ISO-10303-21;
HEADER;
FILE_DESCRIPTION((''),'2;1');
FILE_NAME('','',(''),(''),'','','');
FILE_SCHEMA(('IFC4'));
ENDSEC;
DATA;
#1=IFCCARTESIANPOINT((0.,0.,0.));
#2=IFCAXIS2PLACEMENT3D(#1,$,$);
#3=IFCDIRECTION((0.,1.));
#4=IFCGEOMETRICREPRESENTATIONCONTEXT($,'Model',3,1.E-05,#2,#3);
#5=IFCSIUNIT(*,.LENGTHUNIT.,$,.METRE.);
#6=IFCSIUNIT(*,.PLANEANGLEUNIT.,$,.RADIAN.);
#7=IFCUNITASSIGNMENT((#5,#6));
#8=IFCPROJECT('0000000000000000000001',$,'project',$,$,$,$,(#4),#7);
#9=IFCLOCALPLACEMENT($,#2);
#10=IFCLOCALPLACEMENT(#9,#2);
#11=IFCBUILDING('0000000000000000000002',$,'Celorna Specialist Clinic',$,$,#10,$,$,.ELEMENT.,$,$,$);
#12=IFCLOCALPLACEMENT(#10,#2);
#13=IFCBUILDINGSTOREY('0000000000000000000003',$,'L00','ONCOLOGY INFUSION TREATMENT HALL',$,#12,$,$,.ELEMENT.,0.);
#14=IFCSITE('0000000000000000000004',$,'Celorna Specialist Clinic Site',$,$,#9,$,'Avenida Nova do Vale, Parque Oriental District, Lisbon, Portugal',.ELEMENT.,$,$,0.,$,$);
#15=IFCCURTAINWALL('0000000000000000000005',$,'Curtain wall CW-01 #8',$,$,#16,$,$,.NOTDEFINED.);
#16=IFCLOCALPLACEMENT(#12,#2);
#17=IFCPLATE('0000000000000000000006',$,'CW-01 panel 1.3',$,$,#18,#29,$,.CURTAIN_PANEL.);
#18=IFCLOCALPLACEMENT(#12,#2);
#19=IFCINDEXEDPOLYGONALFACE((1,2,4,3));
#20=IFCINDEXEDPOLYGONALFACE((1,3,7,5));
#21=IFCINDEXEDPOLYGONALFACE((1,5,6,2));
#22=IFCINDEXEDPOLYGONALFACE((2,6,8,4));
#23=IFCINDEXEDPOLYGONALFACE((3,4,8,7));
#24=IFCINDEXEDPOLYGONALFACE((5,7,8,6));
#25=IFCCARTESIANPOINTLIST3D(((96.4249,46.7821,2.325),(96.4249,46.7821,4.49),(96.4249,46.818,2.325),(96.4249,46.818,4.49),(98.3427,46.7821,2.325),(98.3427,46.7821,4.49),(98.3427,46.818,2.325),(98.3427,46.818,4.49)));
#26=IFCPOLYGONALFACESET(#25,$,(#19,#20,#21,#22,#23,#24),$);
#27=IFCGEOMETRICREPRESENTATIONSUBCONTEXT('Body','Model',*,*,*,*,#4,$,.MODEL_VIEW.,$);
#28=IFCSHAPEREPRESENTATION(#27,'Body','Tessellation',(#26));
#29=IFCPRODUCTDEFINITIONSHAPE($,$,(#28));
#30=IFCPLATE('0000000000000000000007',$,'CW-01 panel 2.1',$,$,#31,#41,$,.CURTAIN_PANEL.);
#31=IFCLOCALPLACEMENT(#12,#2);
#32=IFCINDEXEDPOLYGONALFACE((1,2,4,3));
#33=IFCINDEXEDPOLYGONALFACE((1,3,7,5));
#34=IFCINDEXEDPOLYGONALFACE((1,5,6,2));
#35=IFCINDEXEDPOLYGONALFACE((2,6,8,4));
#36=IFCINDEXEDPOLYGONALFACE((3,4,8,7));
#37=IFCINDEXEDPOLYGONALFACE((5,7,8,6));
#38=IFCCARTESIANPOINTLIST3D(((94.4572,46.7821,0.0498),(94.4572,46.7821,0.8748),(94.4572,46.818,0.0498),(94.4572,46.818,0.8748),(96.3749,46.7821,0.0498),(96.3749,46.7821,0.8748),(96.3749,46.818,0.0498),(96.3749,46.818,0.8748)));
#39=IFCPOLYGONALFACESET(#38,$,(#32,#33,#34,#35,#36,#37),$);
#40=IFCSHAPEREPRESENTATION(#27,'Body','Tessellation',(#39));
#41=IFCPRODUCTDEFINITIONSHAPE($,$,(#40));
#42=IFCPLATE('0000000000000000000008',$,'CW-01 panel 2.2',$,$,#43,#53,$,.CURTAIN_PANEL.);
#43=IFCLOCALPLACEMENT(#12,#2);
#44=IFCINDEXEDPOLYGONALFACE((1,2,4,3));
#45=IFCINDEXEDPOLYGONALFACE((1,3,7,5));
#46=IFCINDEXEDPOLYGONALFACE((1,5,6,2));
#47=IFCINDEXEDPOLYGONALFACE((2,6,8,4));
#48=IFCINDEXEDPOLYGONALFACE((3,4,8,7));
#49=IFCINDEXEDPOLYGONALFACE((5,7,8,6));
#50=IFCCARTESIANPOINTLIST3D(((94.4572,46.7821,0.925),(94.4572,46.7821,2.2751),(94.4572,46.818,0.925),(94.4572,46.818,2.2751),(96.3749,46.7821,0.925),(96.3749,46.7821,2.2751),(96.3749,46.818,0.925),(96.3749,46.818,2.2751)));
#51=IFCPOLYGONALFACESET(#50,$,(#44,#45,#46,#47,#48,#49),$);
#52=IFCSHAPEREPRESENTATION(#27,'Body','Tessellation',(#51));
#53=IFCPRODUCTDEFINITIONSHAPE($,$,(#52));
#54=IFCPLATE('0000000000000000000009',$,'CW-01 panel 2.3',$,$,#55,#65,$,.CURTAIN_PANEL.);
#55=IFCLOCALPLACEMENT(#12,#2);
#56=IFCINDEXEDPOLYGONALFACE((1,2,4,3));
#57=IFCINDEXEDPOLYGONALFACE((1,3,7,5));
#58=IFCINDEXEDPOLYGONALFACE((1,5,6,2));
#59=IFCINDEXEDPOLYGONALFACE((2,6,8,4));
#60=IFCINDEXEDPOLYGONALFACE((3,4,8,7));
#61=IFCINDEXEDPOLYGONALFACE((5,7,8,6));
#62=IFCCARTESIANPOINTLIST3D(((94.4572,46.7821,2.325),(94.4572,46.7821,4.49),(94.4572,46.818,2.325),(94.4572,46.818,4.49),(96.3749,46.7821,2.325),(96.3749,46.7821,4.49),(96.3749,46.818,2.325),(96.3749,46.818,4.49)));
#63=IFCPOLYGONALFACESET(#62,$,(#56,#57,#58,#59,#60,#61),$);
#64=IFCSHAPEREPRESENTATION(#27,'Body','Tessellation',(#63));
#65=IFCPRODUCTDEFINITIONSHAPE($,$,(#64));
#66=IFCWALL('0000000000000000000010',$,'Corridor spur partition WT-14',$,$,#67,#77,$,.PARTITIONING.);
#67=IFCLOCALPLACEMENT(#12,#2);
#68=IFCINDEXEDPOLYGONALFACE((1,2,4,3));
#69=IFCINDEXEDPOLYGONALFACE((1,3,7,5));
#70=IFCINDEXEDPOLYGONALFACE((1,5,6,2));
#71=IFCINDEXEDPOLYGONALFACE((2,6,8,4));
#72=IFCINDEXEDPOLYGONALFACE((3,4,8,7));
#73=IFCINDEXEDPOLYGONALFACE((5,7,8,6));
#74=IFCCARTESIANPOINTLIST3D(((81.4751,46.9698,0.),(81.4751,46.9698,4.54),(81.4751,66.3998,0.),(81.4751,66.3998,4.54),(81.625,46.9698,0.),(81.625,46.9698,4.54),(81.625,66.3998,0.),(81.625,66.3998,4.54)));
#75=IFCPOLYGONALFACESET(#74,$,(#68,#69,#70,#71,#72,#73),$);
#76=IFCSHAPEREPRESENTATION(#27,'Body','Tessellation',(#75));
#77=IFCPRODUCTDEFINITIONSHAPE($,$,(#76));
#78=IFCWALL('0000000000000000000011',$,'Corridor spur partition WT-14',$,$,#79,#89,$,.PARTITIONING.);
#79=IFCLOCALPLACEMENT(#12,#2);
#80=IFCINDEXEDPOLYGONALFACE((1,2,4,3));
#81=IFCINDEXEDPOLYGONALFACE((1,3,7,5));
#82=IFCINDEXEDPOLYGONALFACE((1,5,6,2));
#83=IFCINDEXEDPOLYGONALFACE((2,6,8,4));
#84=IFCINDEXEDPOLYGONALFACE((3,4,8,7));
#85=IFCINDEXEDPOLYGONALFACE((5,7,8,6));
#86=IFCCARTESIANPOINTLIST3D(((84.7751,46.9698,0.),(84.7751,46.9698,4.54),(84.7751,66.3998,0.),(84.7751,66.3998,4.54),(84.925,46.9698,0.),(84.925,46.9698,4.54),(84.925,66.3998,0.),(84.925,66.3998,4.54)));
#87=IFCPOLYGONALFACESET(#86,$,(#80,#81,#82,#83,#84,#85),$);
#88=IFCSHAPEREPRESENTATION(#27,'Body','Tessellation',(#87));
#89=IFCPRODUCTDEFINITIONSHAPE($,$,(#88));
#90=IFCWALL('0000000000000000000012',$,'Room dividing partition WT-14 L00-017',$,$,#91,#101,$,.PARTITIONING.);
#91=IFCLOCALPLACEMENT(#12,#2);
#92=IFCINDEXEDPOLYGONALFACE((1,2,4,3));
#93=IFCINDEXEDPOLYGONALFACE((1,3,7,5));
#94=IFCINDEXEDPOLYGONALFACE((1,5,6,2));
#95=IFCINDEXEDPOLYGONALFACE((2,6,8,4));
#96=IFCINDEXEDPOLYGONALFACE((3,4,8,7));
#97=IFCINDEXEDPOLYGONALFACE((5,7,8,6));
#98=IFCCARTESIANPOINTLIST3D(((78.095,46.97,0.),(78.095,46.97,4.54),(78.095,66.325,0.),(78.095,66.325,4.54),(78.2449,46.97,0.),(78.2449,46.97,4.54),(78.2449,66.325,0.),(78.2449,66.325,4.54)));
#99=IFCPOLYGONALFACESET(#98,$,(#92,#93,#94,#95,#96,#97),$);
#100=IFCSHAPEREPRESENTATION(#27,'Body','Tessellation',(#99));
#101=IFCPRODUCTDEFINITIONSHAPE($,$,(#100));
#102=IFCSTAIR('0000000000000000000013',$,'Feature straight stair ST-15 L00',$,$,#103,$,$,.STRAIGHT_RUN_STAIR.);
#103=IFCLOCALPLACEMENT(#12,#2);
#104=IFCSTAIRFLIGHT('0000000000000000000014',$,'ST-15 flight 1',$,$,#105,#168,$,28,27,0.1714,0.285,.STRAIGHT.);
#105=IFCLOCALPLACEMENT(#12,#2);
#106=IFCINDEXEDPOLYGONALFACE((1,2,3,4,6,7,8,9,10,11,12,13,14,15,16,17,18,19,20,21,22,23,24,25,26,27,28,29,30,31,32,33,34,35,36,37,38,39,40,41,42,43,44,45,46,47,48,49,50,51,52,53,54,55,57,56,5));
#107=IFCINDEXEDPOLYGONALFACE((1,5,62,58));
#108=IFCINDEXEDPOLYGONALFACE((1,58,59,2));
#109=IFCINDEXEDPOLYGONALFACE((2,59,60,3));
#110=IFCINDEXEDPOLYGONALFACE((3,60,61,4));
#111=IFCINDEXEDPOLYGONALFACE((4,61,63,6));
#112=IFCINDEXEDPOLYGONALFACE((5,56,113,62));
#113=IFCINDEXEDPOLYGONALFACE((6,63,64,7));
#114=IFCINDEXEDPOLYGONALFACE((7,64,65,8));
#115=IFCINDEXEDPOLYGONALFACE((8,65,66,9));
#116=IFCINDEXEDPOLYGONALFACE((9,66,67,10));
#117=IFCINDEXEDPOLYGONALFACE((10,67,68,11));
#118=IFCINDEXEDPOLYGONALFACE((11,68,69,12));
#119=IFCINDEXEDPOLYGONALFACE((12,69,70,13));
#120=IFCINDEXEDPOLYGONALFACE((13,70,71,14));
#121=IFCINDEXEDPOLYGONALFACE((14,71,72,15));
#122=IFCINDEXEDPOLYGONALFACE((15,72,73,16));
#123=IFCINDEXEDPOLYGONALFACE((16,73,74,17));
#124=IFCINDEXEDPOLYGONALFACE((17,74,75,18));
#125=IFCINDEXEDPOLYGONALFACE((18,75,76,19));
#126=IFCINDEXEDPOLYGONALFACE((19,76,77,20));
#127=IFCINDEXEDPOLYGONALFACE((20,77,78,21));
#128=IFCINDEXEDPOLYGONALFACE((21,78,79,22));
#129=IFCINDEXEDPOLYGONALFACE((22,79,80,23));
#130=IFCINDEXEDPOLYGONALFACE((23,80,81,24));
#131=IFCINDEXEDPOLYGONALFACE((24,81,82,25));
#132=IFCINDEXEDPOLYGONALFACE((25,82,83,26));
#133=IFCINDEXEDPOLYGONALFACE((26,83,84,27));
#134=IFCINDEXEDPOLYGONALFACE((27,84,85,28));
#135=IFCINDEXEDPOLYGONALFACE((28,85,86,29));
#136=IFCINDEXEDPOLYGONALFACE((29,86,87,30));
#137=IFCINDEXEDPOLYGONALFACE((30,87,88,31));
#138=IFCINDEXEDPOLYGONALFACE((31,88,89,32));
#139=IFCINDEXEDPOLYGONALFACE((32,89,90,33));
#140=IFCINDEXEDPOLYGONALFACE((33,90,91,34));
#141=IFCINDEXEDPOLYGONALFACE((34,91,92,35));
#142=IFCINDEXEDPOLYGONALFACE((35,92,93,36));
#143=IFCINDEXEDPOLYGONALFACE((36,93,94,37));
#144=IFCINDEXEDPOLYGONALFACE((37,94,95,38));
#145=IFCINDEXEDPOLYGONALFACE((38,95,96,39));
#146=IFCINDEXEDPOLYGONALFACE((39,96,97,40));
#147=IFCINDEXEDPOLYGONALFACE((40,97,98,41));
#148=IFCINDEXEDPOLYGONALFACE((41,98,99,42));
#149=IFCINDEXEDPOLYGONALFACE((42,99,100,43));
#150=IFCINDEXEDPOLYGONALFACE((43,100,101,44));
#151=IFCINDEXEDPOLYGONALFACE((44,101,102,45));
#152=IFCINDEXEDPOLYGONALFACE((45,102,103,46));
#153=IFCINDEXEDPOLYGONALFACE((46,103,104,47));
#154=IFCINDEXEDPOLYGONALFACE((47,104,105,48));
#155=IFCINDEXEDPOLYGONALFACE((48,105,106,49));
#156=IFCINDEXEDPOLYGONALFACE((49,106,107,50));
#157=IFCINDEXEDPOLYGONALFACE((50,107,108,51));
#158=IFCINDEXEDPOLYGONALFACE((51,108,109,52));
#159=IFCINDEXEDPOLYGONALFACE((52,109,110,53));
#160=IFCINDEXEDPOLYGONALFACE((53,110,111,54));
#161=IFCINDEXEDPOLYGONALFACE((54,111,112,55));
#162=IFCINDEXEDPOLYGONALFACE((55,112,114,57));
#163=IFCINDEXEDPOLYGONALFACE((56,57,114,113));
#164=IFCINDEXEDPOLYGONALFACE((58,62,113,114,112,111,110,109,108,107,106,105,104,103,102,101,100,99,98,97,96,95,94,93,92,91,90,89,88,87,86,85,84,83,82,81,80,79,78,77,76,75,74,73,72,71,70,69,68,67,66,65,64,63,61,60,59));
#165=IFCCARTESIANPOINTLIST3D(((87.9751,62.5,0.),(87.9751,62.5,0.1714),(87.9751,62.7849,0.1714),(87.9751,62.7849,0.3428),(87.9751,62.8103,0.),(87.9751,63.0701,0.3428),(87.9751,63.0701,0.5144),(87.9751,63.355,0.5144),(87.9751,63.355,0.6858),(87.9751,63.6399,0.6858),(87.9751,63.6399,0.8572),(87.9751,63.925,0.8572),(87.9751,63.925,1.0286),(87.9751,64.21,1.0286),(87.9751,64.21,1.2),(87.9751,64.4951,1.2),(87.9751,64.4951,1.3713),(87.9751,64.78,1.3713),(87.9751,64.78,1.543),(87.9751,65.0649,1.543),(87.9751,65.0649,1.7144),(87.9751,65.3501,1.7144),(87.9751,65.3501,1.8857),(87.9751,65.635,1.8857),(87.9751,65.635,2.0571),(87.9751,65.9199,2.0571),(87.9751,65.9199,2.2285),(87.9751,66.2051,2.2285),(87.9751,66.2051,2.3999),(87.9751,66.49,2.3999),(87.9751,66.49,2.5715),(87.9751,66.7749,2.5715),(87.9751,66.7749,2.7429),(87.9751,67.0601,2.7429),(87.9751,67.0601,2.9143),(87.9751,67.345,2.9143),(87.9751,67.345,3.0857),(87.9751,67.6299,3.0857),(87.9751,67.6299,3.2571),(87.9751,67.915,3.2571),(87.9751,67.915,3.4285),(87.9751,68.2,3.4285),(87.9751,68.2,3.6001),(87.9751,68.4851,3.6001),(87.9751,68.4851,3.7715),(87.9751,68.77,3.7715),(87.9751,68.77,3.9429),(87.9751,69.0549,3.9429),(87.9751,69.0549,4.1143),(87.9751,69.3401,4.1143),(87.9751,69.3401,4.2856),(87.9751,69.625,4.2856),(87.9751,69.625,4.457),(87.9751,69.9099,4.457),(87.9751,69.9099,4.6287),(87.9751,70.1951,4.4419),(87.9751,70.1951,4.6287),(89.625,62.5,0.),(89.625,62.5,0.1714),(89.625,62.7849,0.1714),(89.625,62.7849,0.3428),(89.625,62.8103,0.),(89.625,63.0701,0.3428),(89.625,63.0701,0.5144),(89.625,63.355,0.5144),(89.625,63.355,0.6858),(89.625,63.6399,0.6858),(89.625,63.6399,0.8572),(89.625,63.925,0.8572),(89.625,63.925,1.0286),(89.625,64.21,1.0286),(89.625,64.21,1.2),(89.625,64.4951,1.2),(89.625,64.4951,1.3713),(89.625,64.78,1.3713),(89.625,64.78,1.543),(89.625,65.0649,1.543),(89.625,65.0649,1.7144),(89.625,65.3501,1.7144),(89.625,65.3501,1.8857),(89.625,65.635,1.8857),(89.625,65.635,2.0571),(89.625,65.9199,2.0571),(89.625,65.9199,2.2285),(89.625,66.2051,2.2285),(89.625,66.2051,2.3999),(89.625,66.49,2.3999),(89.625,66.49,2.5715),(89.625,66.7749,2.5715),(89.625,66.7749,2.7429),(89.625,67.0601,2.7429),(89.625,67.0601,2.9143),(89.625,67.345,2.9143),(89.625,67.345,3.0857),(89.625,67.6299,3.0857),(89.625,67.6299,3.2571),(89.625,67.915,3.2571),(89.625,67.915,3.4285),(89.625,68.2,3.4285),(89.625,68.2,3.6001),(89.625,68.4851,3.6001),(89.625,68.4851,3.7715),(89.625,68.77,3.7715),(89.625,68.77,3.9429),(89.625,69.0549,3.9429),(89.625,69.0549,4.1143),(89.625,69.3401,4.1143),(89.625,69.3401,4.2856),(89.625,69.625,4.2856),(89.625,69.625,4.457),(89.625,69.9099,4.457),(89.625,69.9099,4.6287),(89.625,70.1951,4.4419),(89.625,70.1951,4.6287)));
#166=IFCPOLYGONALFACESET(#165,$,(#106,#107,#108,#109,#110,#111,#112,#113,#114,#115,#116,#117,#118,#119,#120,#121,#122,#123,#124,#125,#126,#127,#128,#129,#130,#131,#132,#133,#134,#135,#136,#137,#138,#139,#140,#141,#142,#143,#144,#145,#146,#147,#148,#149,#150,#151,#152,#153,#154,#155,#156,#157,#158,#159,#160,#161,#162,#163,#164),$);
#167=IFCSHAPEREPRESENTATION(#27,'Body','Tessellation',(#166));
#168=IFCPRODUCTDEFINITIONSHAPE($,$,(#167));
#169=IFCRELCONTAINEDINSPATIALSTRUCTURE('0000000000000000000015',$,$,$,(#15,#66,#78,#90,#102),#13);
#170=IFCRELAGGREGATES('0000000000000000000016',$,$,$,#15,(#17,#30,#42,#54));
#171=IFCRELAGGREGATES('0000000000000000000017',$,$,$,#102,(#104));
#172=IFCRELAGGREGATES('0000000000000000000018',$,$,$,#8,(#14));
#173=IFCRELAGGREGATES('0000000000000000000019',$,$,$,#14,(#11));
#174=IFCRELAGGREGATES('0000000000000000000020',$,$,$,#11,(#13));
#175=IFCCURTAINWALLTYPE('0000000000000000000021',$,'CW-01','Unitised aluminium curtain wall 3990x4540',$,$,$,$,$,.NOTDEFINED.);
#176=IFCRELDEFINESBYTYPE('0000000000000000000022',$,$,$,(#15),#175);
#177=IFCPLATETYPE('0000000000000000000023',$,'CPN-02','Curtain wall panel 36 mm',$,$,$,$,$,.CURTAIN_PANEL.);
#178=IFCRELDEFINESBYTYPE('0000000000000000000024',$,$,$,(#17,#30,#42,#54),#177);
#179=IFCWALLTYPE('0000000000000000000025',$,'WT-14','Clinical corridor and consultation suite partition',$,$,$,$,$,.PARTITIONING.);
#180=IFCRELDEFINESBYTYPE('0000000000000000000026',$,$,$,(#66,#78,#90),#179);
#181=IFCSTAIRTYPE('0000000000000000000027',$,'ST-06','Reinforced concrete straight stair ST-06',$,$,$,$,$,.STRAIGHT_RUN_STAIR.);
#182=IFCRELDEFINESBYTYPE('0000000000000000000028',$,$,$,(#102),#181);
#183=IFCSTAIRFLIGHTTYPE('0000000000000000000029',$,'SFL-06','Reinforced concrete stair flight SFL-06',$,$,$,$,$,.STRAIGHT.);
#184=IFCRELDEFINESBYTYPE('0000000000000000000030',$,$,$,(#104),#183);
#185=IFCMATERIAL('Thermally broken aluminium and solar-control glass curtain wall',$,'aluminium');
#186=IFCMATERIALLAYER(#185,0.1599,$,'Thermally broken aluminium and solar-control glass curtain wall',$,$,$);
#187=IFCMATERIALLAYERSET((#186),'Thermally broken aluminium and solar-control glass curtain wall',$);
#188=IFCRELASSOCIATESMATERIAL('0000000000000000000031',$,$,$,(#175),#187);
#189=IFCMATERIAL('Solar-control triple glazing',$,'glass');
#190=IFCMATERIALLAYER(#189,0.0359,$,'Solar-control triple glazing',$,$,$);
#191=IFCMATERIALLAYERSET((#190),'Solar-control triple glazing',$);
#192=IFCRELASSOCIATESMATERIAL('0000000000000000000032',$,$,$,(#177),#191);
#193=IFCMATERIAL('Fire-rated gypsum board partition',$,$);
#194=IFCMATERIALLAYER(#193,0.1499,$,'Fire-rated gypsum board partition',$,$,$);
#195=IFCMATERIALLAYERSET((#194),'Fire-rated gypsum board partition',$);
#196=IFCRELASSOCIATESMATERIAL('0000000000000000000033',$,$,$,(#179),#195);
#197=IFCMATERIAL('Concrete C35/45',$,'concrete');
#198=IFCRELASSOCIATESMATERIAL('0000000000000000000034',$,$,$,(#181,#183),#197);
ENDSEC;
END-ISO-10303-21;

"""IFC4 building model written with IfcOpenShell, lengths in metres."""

from ifc_helpers import new_model, si_unit, direction, frame, frame_2d, origin, origin_2d, place, context, subcontext, project, spatial, polyline, rectangle, outline, extrude, material, layer, layer_set, type_object, element, aggregate, save


model = new_model("IFC4")

# Units and contexts
model_context = context("Model", 3, precision=1e-05, world=origin(), true_north=direction((0.0, 1.0)))
body_context = subcontext(model_context, "Body", "Model", "MODEL_VIEW")
ifc_project = project(units=[si_unit("LENGTHUNIT", "METRE"), si_unit("PLANEANGLEUNIT", "RADIAN")], contexts=[model_context])

# Site, building, storey
site_placement = place(None, origin())
site = spatial("IfcSite", under=ifc_project, at=site_placement, Name="Celorna Specialist Clinic Site", LongName="Avenida Nova do Vale, Parque Oriental District, Lisbon, Portugal", CompositionType="ELEMENT", RefElevation=0.0)
building_placement = place(site_placement, origin())
building = spatial("IfcBuilding", under=site, at=building_placement, Name="Celorna Specialist Clinic", CompositionType="ELEMENT")
storey_placement = place(building_placement, origin())
storey = spatial("IfcBuildingStorey", under=building, at=storey_placement, Name="L00", Description="ONCOLOGY INFUSION TREATMENT HALL", CompositionType="ELEMENT", Elevation=0.0)

# Shared definitions
ifc_material_1 = material(Name="Thermally broken aluminium and solar-control glass curtain wall", Category="aluminium")

# Curtain wall
ifc_layer_1 = layer(ifc_material_1, 0.1599, Name="Thermally broken aluminium and solar-control glass curtain wall")
ifc_layer_set_1 = layer_set([ifc_layer_1], Name="Thermally broken aluminium and solar-control glass curtain wall")
curtain_wall_type_1 = type_object("IfcCurtainWallType", Name="CW-01", Description="Unitised aluminium curtain wall 3990x4540", PredefinedType="NOTDEFINED", material=ifc_layer_set_1)
curtain_wall_1_placement = place(storey_placement, origin())
curtain_wall_1 = element("IfcCurtainWall", 1, at=curtain_wall_1_placement, inside=storey, type_object=curtain_wall_type_1, Name="Curtain wall CW-01 #8", PredefinedType="NOTDEFINED")

# Plates
ifc_material_2 = material(Name="Solar-control triple glazing", Category="glass")
ifc_layer_2 = layer(ifc_material_2, 0.0359, Name="Solar-control triple glazing")
ifc_layer_set_2 = layer_set([ifc_layer_2], Name="Solar-control triple glazing")
plate_type = type_object("IfcPlateType", Name="CPN-02", Description="Curtain wall panel 36 mm", PredefinedType="CURTAIN_PANEL", material=ifc_layer_set_2)
plate_1_placement = place(storey_placement, frame((97.3838, 46.8, 2.325), z_axis=(0.0, 0.0, 1.0), x_axis=(-1.0, 0.0, 0.0)))
plate_1 = element("IfcPlate", 2, at=plate_1_placement, type_object=plate_type, Name="CW-01 panel 1.3", PredefinedType="CURTAIN_PANEL", context=body_context, shape_type="SweptSolid", body=[
    extrude(rectangle(XDim=1.9177, YDim=0.0359, at=origin_2d()), origin(), (0.0, 0.0, 1.0), 2.165),
])
plate_2_placement = place(storey_placement, frame((95.416, 46.8, 0.0498), z_axis=(0.0, 0.0, 1.0), x_axis=(-1.0, 0.0, 0.0)))
plate_2 = element("IfcPlate", 3, at=plate_2_placement, type_object=plate_type, Name="CW-01 panel 2.1", PredefinedType="CURTAIN_PANEL", context=body_context, shape_type="SweptSolid", body=[
    extrude(rectangle(XDim=1.9177, YDim=0.0359, at=origin_2d()), origin(), (0.0, 0.0, 1.0), 0.825),
])
plate_3_placement = place(storey_placement, frame((95.416, 46.8, 0.925), z_axis=(0.0, 0.0, 1.0), x_axis=(-1.0, 0.0, 0.0)))
plate_3 = element("IfcPlate", 4, at=plate_3_placement, type_object=plate_type, Name="CW-01 panel 2.2", PredefinedType="CURTAIN_PANEL", context=body_context, shape_type="SweptSolid", body=[
    extrude(rectangle(XDim=1.9177, YDim=0.0359, at=origin_2d()), origin(), (0.0, 0.0, 1.0), 1.3501),
])
plate_4_placement = place(storey_placement, frame((95.416, 46.8, 2.325), z_axis=(0.0, 0.0, 1.0), x_axis=(-1.0, 0.0, 0.0)))
plate_4 = element("IfcPlate", 5, at=plate_4_placement, type_object=plate_type, Name="CW-01 panel 2.3", PredefinedType="CURTAIN_PANEL", context=body_context, shape_type="SweptSolid", body=[
    extrude(rectangle(XDim=1.9177, YDim=0.0359, at=origin_2d()), origin(), (0.0, 0.0, 1.0), 2.165),
])
aggregate(curtain_wall_1, [plate_1, plate_2, plate_3, plate_4])

# Walls
ifc_material_3 = material(Name="Fire-rated gypsum board partition")
ifc_layer_3 = layer(ifc_material_3, 0.1499, Name="Fire-rated gypsum board partition")
ifc_layer_set_3 = layer_set([ifc_layer_3], Name="Fire-rated gypsum board partition")
wall_type = type_object("IfcWallType", Name="WT-14", Description="Clinical corridor and consultation suite partition", PredefinedType="PARTITIONING", material=ifc_layer_set_3)
for number, where, z_axis, x_axis, name in (
    (6, (81.55, 46.97, 0.0), (0.0, 0.0, 1.0), (0.0, 1.0, 0.0), "Corridor spur partition WT-14"),
    (7, (84.8501, 46.97, 0.0), (0.0, 0.0, 1.0), (0.0, 1.0, 0.0), "Corridor spur partition WT-14"),
):
    element("IfcWall", number, at=place(storey_placement, frame(where, z_axis=z_axis, x_axis=x_axis)), inside=storey, type_object=wall_type, Name=name, PredefinedType="PARTITIONING", context=body_context, shape_type="SweptSolid", body=[
        extrude(rectangle(XDim=19.4299, YDim=0.1499, at=frame_2d((9.7148, 0.0))), origin(), (0.0, 0.0, 1.0), 4.54),
    ])
wall_placement = place(storey_placement, frame((78.1699, 46.97, 0.0), z_axis=(0.0, 0.0, 1.0), x_axis=(0.0, 1.0, 0.0)))
element("IfcWall", 8, at=wall_placement, inside=storey, type_object=wall_type, Name="Room dividing partition WT-14 L00-017", PredefinedType="PARTITIONING", context=body_context, shape_type="SweptSolid", body=[
    extrude(rectangle(XDim=19.355, YDim=0.1499, at=frame_2d((9.6775, 0.0))), origin(), (0.0, 0.0, 1.0), 4.54),
])

# Stair, stair flight
ifc_material_4 = material(Name="Concrete C35/45", Category="concrete")
stair_type = type_object("IfcStairType", Name="ST-06", Description="Reinforced concrete straight stair ST-06", PredefinedType="STRAIGHT_RUN_STAIR", material=ifc_material_4)
stair_placement = place(storey_placement, origin())
stair = element("IfcStair", 9, at=stair_placement, inside=storey, type_object=stair_type, Name="Feature straight stair ST-15 L00", PredefinedType="STRAIGHT_RUN_STAIR")
stair_flight_type = type_object("IfcStairFlightType", Name="SFL-06", Description="Reinforced concrete stair flight SFL-06", PredefinedType="STRAIGHT", material=ifc_material_4)
stair_flight_placement = place(storey_placement, frame((88.8, 62.5, 0.0), z_axis=(0.0, 0.0, 1.0), x_axis=(0.0, 1.0, 0.0)))
stair_flight = element("IfcStairFlight", 10, at=stair_flight_placement, type_object=stair_flight_type, Name="ST-15 flight 1", NumberOfRisers=28, NumberOfTreads=27, PredefinedType="STRAIGHT", RiserHeight=0.1714, TreadLength=0.285, context=body_context, shape_type="SweptSolid", body=[
    extrude(outline(polyline([(0.0, 0.0), (0.0, 0.1714), (0.2849, 0.1714), (0.2849, 0.3428), (0.5701, 0.3428), (0.5701, 0.5144), (0.855, 0.5144), (0.855, 0.6858), (1.1399, 0.6858), (1.1399, 0.8572), (1.425, 0.8572), (1.425, 1.0286), (1.71, 1.0286), (1.71, 1.2), (1.9951, 1.2), (1.9951, 1.3713), (2.28, 1.3713), (2.28, 1.543), (2.5649, 1.543), (2.5649, 1.7144), (2.8501, 1.7144), (2.8501, 1.8857), (3.135, 1.8857), (3.135, 2.0571), (3.4199, 2.0571), (3.4199, 2.2285), (3.7051, 2.2285), (3.7051, 2.3999), (3.99, 2.3999), (3.99, 2.5715), (4.2749, 2.5715), (4.2749, 2.7429), (4.5601, 2.7429), (4.5601, 2.9143), (4.845, 2.9143), (4.845, 3.0857), (5.1299, 3.0857), (5.1299, 3.2571), (5.415, 3.2571), (5.415, 3.4285), (5.7, 3.4285), (5.7, 3.6001), (5.9851, 3.6001), (5.9851, 3.7715), (6.27, 3.7715), (6.27, 3.9429), (6.5549, 3.9429), (6.5549, 4.1143), (6.8401, 4.1143), (6.8401, 4.2856), (7.125, 4.2856), (7.125, 4.457), (7.4099, 4.457), (7.4099, 4.6287), (7.6951, 4.6287), (7.6951, 4.8), (7.6951, 4.4419), (0.3103, 0.0), (0.0, 0.0)])), frame((0.0, 0.825, 0.0), z_axis=(0.0, -1.0, 0.0), x_axis=(1.0, 0.0, 0.0)), (0.0, 0.0, 1.0), 1.6499),
])
aggregate(stair, [stair_flight])

save(model, "model.ifc")
